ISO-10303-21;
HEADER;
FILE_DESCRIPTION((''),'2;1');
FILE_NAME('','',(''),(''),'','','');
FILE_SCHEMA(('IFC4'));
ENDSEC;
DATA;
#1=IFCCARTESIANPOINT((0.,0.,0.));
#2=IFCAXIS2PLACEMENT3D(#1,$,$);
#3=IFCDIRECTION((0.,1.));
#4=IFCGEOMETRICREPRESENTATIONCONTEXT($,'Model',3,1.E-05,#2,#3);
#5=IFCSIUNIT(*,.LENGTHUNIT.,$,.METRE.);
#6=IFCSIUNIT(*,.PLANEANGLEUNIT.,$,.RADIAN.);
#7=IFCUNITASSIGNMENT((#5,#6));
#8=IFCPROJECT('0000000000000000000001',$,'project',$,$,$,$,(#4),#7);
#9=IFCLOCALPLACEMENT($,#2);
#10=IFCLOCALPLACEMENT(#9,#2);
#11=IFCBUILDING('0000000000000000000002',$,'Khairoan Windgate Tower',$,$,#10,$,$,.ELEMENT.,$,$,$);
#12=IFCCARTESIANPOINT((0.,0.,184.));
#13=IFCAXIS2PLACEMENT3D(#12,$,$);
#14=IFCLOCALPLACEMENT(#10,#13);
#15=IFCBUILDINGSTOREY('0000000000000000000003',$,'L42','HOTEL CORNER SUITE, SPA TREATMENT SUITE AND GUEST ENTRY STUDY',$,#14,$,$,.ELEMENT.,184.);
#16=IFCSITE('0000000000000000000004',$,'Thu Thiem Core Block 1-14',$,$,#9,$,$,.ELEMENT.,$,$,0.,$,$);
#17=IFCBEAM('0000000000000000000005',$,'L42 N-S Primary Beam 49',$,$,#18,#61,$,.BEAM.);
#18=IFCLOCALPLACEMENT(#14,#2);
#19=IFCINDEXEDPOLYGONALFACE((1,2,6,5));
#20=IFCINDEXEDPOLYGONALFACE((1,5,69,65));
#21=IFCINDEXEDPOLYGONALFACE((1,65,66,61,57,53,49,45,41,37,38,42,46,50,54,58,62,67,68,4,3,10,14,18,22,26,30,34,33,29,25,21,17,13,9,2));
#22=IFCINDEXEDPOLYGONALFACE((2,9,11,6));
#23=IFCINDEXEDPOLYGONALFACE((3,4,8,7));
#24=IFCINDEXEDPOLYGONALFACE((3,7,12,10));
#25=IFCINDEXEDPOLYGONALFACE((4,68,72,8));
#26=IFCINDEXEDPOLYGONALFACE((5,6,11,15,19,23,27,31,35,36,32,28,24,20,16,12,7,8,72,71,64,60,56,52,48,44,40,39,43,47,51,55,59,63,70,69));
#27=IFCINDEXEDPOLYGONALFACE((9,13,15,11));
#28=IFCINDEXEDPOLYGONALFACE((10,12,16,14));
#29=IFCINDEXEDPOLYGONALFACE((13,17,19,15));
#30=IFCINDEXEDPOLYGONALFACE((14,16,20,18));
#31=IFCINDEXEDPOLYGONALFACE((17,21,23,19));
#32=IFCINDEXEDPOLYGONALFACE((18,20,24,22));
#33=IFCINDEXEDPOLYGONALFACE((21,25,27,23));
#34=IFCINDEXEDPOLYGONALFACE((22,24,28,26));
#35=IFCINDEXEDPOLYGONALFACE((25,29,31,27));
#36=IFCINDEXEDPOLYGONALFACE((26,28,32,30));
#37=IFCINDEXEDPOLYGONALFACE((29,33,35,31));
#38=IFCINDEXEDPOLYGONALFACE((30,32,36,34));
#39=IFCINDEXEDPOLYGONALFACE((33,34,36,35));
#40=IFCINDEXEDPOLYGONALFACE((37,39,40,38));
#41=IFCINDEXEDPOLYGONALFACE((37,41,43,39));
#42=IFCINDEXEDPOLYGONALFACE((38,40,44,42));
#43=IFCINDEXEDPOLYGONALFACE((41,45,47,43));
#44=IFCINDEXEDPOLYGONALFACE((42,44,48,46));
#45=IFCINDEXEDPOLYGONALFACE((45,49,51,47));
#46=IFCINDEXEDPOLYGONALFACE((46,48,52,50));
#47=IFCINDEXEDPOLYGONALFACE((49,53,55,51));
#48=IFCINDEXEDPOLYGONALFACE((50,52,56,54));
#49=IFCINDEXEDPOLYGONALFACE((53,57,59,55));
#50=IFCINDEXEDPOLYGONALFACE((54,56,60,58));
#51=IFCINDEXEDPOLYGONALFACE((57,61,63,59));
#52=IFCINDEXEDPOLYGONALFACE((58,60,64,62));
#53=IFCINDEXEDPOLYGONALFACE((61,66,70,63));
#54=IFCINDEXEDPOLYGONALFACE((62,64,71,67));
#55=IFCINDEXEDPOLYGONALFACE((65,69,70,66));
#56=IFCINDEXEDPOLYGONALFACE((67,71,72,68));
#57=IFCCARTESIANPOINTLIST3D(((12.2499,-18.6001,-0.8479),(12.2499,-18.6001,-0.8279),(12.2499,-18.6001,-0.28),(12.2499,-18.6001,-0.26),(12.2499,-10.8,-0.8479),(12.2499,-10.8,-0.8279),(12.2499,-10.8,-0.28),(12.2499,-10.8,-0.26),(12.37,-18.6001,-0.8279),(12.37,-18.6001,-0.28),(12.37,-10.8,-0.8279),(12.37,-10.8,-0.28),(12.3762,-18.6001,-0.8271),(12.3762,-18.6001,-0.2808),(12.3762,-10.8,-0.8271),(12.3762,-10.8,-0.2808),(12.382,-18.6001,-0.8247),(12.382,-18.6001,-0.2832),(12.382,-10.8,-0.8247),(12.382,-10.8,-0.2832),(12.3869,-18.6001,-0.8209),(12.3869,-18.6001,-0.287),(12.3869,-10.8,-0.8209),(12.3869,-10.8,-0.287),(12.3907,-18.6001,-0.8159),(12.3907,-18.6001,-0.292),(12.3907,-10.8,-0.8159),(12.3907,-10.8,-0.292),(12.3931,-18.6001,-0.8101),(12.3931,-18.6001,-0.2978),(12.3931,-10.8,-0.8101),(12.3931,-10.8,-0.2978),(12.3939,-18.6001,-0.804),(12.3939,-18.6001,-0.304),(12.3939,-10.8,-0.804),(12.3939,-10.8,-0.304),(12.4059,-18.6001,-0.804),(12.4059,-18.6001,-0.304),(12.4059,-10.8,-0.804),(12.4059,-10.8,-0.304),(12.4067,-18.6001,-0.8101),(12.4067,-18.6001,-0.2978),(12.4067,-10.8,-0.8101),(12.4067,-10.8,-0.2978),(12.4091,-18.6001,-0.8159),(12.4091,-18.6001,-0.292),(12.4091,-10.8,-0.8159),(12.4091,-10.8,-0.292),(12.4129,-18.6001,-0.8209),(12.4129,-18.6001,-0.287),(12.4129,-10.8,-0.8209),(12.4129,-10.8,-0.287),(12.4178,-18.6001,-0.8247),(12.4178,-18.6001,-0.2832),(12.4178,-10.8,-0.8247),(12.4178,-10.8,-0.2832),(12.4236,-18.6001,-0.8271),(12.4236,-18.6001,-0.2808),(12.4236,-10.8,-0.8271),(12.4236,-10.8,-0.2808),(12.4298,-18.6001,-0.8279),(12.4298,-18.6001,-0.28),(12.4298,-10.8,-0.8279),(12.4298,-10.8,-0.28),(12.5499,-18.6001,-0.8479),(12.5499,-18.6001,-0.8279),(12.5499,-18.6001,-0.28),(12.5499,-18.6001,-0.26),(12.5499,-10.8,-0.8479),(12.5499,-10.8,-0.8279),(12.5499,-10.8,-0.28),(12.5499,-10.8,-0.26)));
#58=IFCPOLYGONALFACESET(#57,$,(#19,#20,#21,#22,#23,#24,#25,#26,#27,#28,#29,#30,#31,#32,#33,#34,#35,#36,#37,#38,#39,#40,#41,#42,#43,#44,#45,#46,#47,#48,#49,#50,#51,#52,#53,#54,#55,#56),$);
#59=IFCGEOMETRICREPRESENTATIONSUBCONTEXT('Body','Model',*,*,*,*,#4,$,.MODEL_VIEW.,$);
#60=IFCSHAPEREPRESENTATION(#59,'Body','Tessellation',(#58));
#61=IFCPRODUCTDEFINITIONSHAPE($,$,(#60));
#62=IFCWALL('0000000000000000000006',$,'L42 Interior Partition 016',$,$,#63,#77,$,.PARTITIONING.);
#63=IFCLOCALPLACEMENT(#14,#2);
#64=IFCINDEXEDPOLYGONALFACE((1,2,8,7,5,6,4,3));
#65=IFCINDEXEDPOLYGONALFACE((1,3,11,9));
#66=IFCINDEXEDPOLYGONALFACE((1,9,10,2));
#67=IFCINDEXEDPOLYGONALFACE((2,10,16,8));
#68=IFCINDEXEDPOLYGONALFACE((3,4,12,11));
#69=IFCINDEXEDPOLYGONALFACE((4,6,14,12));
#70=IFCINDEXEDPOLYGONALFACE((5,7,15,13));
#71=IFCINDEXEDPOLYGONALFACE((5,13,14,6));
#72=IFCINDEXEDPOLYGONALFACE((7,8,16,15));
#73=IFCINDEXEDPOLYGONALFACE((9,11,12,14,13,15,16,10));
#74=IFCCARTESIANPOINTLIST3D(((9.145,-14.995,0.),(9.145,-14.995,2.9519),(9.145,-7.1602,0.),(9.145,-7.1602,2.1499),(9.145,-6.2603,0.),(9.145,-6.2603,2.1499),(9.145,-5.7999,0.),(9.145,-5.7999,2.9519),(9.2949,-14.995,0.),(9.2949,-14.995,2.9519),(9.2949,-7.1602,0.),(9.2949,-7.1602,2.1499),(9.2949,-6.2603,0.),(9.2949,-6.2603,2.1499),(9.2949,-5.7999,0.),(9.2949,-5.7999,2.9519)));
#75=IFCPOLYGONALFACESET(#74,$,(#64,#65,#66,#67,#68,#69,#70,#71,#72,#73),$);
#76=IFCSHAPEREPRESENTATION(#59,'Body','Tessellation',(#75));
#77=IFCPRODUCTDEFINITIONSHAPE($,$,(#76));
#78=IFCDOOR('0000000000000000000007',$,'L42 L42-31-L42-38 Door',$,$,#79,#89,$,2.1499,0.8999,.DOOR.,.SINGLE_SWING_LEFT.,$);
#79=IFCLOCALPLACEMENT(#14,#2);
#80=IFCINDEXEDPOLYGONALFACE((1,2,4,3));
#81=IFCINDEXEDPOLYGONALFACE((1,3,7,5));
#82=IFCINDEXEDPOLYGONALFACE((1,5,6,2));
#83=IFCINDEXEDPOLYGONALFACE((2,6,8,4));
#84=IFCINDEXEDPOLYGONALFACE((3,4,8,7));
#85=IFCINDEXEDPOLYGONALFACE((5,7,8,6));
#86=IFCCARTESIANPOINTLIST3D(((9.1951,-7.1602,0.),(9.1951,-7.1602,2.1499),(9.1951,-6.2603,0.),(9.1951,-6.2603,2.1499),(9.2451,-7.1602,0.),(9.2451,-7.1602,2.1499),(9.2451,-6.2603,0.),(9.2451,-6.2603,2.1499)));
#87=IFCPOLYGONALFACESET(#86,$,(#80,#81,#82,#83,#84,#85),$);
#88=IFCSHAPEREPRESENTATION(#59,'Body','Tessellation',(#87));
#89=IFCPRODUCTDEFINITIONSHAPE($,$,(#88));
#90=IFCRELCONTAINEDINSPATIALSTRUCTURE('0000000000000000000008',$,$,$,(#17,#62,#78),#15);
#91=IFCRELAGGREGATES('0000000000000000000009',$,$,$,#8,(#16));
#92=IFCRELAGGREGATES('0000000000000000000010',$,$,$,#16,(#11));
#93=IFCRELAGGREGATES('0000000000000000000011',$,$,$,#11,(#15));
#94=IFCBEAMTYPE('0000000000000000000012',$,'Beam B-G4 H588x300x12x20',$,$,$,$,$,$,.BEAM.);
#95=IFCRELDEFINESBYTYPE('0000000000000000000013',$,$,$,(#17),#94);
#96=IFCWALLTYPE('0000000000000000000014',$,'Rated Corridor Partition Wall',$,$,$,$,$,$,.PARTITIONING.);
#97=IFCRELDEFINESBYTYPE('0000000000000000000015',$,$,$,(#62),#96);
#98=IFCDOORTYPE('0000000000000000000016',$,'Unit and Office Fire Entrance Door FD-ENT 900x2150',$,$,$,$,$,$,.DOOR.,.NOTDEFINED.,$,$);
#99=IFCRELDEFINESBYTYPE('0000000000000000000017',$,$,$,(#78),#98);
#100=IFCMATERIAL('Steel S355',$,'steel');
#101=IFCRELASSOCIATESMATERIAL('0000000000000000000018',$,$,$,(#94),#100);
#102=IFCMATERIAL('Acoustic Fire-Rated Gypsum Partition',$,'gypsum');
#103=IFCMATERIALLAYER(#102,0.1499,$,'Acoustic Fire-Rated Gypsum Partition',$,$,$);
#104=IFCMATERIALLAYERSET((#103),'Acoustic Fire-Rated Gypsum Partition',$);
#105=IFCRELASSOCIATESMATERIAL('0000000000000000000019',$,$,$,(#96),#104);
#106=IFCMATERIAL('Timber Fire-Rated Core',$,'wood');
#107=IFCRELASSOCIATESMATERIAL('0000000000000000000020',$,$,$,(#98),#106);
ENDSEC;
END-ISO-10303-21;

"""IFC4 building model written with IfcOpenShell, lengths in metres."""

from ifc_helpers import new_model, si_unit, direction, frame, frame_2d, origin, origin_2d, place, context, subcontext, project, spatial, rectangle, i_section, extrude, material, layer, layer_set, material_profile, profile_set, type_object, element, fill, save


model = new_model("IFC4")

# Units and contexts
model_context = context("Model", 3, precision=1e-05, world=origin(), true_north=direction((0.0, 1.0)))
body_context = subcontext(model_context, "Body", "Model", "MODEL_VIEW")
ifc_project = project(units=[si_unit("LENGTHUNIT", "METRE"), si_unit("PLANEANGLEUNIT", "RADIAN")], contexts=[model_context])

# Site, building, storey
site_placement = place(None, origin())
site = spatial("IfcSite", under=ifc_project, at=site_placement, Name="Thu Thiem Core Block 1-14", CompositionType="ELEMENT", RefElevation=0.0)
building_placement = place(site_placement, origin())
building = spatial("IfcBuilding", under=site, at=building_placement, Name="Khairoan Windgate Tower", CompositionType="ELEMENT")
storey_placement = place(building_placement, frame((0.0, 0.0, 184.0)))
storey = spatial("IfcBuildingStorey", under=building, at=storey_placement, Name="L42", Description="HOTEL CORNER SUITE, SPA TREATMENT SUITE AND GUEST ENTRY STUDY", CompositionType="ELEMENT", Elevation=184.0)

# Beam
ifc_material_1 = material(Name="Steel S355", Category="steel")
ifc_material_profile_1 = material_profile(ifc_material_1, i_section(OverallWidth=0.3, OverallDepth=0.5879, WebThickness=0.012, FlangeThickness=0.02, FilletRadius=0.0239, at=origin_2d()))
ifc_profile_set_1 = profile_set([ifc_material_profile_1], Name="Steel S355")
beam_type = type_object("IfcBeamType", Name="Beam B-G4 H588x300x12x20", PredefinedType="BEAM", material=ifc_profile_set_1)
for number, where, z_axis, x_axis, name in (
    (1, (12.3999, -18.6001, -0.554), (0.0, 1.0, 0.0), (-1.0, 0.0, 0.0), "L42 N-S Primary Beam 49"),
):
    element("IfcBeam", number, at=place(storey_placement, frame(where, z_axis=z_axis, x_axis=x_axis)), inside=storey, type_object=beam_type, Name=name, PredefinedType="BEAM", context=body_context, shape_type="SweptSolid", body=[
        extrude(i_section(OverallWidth=0.3, OverallDepth=0.5879, WebThickness=0.012, FlangeThickness=0.02, FilletRadius=0.0239, at=origin_2d()), origin(), (0.0, 0.0, 1.0), 7.8),
    ])

# Wall, opening, door
ifc_material_2 = material(Name="Acoustic Fire-Rated Gypsum Partition", Category="gypsum")
ifc_layer_1 = layer(ifc_material_2, 0.1499, Name="Acoustic Fire-Rated Gypsum Partition")
ifc_layer_set_1 = layer_set([ifc_layer_1], Name="Acoustic Fire-Rated Gypsum Partition")
wall_type_1 = type_object("IfcWallType", Name="Rated Corridor Partition Wall", PredefinedType="PARTITIONING", material=ifc_layer_set_1)
wall_1_placement = place(storey_placement, frame((9.22, -14.9951, 0.0), z_axis=(0.0, 0.0, 1.0), x_axis=(0.0, 1.0, 0.0)))
wall_1 = element("IfcWall", 2, at=wall_1_placement, inside=storey, type_object=wall_type_1, Name="L42 Interior Partition 016", PredefinedType="PARTITIONING", context=body_context, shape_type="SweptSolid", body=[
    extrude(rectangle(XDim=9.1951, YDim=0.1499, at=frame_2d((4.5977, 0.0))), origin(), (0.0, 0.0, 1.0), 2.9519),
])
opening_1_placement = place(wall_1_placement, frame((7.835, 0.0, 0.0)))
opening_1 = element("IfcOpeningElement", 3, at=opening_1_placement, cuts=wall_1, PredefinedType="OPENING", context=body_context, shape_type="SweptSolid", body=[
    extrude(rectangle(XDim=0.8999, YDim=2.1499, at=frame_2d((0.45, 1.075))), frame((0.0, 0.085, 0.0), z_axis=(0.0, -1.0, 0.0), x_axis=(1.0, 0.0, 0.0)), (0.0, 0.0, 1.0), 0.1699),
])
ifc_material_3 = material(Name="Timber Fire-Rated Core", Category="wood")
door_type_1 = type_object("IfcDoorType", Name="Unit and Office Fire Entrance Door FD-ENT 900x2150", OperationType="NOTDEFINED", PredefinedType="DOOR", material=ifc_material_3)
door_1_placement = place(opening_1_placement, origin())
door_1 = element("IfcDoor", 4, at=door_1_placement, inside=storey, type_object=door_type_1, Name="L42 L42-31-L42-38 Door", OperationType="SINGLE_SWING_LEFT", OverallHeight=2.1499, OverallWidth=0.8999, PredefinedType="DOOR", context=body_context, shape_type="SweptSolid", body=[
    extrude(rectangle(XDim=0.8999, YDim=2.1499, at=frame_2d((0.45, 1.075))), frame((0.0, 0.0249, 0.0), z_axis=(0.0, -1.0, 0.0), x_axis=(1.0, 0.0, 0.0)), (0.0, 0.0, 1.0), 0.05),
])
fill(opening_1, door_1)

save(model, "model.ifc")
